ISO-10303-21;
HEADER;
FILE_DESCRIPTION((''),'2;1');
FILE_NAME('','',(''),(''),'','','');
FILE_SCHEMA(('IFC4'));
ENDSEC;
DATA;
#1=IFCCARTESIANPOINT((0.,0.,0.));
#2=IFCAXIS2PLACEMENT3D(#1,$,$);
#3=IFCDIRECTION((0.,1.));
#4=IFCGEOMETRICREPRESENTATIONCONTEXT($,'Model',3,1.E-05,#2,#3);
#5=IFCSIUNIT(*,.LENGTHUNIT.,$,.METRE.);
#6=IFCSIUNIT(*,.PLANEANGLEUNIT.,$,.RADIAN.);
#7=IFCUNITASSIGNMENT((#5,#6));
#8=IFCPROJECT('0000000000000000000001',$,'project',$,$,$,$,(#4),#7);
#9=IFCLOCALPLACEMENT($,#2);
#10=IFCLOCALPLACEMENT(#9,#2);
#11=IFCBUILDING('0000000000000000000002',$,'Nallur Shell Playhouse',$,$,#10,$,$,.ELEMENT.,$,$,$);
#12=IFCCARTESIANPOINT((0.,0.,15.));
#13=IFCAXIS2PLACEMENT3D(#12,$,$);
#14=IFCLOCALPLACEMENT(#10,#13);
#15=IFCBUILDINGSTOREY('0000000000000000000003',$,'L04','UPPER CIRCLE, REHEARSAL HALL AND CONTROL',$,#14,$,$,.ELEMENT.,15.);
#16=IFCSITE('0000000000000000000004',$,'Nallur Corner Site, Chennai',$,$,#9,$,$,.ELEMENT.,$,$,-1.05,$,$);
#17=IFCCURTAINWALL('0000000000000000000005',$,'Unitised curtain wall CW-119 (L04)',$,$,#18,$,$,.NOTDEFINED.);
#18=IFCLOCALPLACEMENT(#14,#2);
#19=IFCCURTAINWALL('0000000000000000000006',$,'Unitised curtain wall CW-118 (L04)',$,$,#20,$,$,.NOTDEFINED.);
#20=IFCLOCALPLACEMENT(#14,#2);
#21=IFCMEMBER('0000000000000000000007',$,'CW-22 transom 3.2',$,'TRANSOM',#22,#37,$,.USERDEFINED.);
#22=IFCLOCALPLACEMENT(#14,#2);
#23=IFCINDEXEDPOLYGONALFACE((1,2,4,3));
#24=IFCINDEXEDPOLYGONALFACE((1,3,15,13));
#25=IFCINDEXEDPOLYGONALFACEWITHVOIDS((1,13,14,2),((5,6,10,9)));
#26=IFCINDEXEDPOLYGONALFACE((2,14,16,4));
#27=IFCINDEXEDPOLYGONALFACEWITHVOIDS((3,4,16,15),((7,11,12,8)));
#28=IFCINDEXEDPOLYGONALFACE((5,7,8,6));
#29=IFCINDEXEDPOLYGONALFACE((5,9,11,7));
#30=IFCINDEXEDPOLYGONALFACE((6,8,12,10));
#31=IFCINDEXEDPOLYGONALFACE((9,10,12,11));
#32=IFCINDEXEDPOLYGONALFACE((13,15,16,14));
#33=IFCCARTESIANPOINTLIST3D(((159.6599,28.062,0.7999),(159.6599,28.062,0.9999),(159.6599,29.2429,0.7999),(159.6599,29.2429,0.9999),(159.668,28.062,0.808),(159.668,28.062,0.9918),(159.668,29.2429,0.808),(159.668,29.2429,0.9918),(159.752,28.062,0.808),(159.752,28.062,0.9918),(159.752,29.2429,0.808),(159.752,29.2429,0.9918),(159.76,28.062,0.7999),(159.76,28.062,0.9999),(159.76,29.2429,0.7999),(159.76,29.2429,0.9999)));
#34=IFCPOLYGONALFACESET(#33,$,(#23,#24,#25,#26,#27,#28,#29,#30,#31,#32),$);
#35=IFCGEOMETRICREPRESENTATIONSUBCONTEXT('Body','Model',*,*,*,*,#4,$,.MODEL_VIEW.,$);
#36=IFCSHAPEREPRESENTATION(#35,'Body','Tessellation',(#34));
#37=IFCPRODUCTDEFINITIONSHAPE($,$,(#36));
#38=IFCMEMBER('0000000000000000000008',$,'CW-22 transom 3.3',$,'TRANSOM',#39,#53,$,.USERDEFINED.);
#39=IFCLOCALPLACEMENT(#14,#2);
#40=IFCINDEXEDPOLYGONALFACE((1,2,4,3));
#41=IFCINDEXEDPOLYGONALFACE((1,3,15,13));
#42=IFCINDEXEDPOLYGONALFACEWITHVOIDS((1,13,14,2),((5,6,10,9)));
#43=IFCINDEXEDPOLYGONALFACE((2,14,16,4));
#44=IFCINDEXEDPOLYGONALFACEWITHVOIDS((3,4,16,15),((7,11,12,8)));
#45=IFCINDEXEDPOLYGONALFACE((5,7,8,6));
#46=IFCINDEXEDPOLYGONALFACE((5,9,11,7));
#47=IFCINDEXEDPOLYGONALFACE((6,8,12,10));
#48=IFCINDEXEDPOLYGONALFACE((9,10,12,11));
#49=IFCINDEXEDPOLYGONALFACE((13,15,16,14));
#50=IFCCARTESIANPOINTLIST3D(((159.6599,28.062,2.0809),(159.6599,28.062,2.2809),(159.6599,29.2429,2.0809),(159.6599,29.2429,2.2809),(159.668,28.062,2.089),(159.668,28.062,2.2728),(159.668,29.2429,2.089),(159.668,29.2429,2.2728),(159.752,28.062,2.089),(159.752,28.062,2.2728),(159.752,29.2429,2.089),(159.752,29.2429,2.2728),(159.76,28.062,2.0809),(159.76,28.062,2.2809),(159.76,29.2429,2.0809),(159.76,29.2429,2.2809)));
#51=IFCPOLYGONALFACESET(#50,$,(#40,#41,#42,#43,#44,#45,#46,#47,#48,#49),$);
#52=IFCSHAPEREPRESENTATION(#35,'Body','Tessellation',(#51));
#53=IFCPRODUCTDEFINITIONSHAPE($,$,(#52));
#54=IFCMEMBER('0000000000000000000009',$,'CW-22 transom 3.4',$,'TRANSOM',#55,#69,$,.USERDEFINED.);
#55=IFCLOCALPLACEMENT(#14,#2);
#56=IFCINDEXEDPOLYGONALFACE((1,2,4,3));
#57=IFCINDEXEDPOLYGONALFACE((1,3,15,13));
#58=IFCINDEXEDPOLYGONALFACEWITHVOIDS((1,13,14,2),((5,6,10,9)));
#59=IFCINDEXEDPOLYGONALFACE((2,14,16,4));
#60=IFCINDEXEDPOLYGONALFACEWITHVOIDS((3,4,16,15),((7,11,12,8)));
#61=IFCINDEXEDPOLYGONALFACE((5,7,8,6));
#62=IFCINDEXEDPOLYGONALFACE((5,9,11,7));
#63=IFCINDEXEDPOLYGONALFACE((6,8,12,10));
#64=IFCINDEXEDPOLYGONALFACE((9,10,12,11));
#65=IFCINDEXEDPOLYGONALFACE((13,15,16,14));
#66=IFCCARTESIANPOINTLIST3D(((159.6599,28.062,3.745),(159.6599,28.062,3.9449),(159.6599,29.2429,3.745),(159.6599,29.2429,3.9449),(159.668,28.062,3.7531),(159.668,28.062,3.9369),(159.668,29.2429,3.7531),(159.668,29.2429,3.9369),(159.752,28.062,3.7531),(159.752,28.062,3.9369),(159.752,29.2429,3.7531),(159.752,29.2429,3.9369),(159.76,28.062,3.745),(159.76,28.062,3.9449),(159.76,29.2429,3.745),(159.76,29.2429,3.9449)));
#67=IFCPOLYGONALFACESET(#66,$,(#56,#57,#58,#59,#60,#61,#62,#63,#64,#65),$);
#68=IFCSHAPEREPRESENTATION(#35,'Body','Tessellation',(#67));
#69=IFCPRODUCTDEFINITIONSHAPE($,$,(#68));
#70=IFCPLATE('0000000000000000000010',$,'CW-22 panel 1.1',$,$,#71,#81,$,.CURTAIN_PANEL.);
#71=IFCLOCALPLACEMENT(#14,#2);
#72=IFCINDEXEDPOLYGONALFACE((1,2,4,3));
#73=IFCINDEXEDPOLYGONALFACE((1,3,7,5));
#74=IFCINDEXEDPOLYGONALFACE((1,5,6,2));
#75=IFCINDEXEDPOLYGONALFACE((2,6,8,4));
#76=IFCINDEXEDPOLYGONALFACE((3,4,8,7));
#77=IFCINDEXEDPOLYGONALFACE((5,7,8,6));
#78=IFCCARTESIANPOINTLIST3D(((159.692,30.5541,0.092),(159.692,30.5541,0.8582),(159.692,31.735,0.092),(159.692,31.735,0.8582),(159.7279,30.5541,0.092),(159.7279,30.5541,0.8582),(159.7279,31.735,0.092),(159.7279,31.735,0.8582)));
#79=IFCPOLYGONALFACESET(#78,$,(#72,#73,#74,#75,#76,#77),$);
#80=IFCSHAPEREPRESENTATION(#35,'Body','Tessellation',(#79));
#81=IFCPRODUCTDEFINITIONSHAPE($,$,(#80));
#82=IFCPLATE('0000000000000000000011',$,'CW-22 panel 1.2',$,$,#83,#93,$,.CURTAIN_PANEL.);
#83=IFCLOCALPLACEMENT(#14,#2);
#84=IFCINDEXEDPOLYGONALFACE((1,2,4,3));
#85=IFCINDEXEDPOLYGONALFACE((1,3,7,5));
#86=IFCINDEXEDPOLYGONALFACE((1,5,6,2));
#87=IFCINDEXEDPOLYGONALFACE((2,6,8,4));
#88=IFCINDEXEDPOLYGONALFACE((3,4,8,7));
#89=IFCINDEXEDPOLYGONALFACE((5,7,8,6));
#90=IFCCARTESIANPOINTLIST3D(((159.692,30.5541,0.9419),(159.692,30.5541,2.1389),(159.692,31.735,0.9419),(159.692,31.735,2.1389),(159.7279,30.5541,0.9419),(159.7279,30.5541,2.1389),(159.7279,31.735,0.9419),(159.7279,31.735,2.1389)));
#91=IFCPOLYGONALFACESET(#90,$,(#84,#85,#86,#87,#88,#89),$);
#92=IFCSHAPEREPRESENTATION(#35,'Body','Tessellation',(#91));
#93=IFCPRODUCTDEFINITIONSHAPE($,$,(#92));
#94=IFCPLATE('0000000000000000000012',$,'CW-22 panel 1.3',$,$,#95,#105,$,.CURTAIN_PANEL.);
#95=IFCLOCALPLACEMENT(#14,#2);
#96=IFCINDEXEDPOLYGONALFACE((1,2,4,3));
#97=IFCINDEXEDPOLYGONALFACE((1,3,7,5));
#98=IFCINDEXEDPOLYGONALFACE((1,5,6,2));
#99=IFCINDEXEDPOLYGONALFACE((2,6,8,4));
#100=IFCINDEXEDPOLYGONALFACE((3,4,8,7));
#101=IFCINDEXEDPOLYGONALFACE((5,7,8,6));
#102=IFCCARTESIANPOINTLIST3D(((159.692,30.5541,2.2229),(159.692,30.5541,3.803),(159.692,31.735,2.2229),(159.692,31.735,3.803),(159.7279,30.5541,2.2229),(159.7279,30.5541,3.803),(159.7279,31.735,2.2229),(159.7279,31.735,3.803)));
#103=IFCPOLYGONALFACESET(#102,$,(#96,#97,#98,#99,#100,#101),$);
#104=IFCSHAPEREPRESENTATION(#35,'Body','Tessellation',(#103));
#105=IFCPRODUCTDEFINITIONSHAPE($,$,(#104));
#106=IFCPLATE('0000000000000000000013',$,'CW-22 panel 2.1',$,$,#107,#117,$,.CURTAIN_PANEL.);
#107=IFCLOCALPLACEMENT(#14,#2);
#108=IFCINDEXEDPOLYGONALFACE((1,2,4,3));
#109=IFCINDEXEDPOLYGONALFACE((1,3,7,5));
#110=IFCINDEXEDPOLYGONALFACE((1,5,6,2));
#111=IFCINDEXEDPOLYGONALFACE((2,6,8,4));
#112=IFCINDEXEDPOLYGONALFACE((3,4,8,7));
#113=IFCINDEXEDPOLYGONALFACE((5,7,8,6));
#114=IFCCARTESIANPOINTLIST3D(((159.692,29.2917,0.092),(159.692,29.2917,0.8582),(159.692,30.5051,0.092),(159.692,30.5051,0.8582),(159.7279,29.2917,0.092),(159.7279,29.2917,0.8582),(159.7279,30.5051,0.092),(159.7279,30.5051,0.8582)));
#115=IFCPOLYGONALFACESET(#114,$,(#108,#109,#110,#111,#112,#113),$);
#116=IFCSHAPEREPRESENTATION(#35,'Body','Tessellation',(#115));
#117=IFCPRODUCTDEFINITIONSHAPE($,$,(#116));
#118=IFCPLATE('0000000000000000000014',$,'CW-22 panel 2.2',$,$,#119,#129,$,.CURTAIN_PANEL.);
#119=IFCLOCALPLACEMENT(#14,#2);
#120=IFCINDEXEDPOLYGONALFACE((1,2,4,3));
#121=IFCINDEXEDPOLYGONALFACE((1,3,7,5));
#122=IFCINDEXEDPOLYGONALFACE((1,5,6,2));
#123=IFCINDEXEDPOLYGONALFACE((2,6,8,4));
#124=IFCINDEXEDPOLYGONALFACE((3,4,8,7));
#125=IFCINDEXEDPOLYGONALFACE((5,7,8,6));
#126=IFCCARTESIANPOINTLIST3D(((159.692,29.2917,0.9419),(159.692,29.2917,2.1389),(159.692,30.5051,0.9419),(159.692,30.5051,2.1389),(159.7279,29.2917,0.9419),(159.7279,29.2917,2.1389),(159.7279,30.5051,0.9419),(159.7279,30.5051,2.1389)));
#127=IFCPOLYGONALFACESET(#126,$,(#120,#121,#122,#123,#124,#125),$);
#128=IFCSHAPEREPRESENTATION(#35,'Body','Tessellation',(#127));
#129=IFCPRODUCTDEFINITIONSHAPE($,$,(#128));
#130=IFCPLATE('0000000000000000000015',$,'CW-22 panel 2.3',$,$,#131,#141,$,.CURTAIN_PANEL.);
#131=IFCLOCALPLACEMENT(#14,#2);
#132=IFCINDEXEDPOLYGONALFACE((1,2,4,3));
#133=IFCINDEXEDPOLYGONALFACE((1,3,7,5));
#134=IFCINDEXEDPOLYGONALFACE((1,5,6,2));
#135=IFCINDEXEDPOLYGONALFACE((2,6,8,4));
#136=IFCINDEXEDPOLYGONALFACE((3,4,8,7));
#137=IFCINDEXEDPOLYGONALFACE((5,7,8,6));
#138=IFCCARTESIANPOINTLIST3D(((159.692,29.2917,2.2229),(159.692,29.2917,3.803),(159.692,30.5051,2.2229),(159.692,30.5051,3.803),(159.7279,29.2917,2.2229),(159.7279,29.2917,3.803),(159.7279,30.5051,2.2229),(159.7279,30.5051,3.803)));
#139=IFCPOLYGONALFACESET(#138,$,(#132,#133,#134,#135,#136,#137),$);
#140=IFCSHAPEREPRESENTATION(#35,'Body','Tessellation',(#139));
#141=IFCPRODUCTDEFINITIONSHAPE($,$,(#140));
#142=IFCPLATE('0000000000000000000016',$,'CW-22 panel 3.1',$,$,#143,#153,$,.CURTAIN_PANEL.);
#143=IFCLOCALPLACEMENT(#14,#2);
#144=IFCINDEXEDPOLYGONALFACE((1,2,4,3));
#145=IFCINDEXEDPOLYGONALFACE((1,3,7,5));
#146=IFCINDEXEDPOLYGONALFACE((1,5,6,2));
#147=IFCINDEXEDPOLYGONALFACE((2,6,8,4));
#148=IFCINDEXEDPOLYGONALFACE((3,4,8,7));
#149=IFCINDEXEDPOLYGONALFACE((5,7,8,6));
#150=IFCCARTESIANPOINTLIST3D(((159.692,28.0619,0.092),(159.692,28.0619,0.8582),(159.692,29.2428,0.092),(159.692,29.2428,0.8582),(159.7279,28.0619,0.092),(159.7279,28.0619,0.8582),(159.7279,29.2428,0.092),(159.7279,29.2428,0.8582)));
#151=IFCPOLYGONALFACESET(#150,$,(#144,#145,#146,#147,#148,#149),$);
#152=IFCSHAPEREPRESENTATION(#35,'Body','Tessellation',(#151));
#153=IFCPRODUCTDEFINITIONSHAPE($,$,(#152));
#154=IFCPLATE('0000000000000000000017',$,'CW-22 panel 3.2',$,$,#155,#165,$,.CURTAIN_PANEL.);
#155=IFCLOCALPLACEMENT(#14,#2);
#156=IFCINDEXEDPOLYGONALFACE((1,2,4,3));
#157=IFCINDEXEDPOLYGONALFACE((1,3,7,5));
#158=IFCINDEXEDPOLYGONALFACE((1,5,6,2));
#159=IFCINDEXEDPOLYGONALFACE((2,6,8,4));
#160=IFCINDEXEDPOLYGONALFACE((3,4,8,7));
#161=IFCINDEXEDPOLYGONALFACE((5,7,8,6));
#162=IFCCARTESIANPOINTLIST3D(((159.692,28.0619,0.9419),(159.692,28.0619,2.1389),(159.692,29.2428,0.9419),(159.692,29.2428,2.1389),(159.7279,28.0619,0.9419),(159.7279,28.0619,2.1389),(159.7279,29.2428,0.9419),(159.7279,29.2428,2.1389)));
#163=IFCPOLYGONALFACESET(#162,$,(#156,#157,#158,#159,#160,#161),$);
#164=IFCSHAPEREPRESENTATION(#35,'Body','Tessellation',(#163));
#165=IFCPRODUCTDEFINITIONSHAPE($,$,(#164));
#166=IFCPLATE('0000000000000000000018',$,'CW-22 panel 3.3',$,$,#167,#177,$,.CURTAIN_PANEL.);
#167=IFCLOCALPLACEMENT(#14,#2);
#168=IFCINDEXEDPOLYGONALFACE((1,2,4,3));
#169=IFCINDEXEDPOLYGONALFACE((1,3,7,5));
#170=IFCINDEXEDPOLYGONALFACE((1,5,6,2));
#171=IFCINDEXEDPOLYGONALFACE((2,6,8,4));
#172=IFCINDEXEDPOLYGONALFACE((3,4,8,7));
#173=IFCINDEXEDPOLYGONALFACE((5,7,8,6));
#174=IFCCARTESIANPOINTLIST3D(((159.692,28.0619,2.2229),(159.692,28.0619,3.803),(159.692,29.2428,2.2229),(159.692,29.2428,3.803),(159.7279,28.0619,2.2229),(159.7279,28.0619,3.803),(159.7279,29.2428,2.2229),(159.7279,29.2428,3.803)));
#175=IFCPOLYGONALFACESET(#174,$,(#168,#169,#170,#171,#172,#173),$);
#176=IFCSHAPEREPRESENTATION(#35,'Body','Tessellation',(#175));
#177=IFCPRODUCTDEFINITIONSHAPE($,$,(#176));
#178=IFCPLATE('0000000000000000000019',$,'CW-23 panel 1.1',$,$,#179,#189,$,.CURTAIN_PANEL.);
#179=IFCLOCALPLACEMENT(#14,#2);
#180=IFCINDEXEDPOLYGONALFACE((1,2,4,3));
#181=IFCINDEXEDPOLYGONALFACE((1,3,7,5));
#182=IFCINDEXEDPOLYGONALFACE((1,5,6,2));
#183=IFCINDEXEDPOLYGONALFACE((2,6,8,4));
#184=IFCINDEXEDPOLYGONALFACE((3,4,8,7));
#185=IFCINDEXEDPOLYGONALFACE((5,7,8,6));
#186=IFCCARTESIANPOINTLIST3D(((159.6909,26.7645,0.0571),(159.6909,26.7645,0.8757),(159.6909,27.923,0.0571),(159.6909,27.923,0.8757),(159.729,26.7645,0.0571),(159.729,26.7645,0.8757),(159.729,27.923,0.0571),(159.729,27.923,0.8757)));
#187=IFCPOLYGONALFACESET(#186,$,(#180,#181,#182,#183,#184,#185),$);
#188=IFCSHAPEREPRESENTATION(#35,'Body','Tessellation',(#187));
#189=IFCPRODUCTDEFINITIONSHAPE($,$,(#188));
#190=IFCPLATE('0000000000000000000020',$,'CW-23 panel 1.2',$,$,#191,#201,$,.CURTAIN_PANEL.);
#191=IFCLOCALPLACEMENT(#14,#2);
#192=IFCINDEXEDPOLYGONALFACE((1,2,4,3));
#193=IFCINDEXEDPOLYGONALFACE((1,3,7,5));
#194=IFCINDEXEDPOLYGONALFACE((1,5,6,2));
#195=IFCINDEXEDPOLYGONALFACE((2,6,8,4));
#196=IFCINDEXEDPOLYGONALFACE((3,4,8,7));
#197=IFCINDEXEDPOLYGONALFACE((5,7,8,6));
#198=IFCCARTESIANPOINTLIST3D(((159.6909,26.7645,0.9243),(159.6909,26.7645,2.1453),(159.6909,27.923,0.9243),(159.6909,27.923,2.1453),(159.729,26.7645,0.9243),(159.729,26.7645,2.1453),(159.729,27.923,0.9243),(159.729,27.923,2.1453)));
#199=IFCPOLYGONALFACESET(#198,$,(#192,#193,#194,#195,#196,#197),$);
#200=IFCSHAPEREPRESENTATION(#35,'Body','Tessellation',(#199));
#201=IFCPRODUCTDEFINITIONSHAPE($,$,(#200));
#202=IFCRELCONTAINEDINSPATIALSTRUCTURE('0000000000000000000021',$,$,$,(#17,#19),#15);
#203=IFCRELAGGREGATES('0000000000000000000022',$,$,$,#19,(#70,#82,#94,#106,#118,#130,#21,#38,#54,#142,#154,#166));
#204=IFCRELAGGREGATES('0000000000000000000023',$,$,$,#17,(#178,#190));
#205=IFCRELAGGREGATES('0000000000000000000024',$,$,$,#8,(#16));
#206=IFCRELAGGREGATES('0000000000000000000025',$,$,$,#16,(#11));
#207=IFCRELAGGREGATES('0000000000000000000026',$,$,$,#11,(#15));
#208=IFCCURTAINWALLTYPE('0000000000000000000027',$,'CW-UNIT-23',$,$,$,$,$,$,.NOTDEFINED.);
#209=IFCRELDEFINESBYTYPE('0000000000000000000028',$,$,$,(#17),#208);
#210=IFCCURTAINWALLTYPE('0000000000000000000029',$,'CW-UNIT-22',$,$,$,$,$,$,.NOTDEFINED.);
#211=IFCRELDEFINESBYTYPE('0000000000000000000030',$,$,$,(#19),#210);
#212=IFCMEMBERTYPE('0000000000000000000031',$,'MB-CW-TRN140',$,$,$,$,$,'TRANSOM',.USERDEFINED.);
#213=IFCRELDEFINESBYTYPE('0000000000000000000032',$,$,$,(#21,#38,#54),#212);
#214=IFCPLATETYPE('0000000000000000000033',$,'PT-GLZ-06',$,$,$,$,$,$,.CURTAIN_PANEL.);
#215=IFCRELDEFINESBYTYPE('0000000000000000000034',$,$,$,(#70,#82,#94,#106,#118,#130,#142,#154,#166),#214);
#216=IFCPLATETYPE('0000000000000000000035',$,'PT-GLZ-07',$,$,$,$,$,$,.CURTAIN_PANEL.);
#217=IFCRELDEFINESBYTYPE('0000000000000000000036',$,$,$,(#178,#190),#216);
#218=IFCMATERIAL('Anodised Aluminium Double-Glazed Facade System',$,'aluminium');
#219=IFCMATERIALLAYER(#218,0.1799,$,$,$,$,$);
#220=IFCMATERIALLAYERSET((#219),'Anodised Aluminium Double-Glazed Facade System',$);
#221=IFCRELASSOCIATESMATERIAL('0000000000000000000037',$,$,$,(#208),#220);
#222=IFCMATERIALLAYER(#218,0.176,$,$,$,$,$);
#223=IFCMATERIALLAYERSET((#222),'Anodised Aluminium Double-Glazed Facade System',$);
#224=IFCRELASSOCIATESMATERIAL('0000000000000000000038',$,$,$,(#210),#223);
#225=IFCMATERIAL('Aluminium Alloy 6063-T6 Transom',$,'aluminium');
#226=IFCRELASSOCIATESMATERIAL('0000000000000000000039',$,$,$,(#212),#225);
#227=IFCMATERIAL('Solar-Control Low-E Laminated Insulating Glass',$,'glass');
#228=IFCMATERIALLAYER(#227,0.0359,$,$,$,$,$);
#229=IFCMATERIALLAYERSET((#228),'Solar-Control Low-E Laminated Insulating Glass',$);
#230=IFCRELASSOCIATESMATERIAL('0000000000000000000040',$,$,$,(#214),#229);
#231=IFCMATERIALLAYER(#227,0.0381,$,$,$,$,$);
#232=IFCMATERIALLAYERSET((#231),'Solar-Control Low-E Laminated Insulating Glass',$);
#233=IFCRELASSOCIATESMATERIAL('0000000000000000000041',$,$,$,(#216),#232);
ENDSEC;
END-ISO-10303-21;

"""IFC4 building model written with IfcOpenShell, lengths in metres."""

from ifc_helpers import new_model, si_unit, direction, frame, origin, origin_2d, place, context, subcontext, project, spatial, rectangle, hollow_rectangle, extrude, material, layer, layer_set, material_profile, profile_set, type_object, element, aggregate, save


model = new_model("IFC4")

# Units and contexts
model_context = context("Model", 3, precision=1e-05, world=origin(), true_north=direction((0.0, 1.0)))
body_context = subcontext(model_context, "Body", "Model", "MODEL_VIEW")
ifc_project = project(units=[si_unit("LENGTHUNIT", "METRE"), si_unit("PLANEANGLEUNIT", "RADIAN")], contexts=[model_context])

# Site, building, storey
site_placement = place(None, origin())
site = spatial("IfcSite", under=ifc_project, at=site_placement, Name="Nallur Corner Site, Chennai", CompositionType="ELEMENT", RefElevation=-1.05)
building_placement = place(site_placement, origin())
building = spatial("IfcBuilding", under=site, at=building_placement, Name="Nallur Shell Playhouse", CompositionType="ELEMENT")
storey_placement = place(building_placement, frame((0.0, 0.0, 15.0)))
storey = spatial("IfcBuildingStorey", under=building, at=storey_placement, Name="L04", Description="UPPER CIRCLE, REHEARSAL HALL AND CONTROL", CompositionType="ELEMENT", Elevation=15.0)

# Curtain walls
ifc_material_1 = material(Name="Anodised Aluminium Double-Glazed Facade System", Category="aluminium")
ifc_layer_1 = layer(ifc_material_1, 0.1799)
ifc_layer_set_1 = layer_set([ifc_layer_1], Name="Anodised Aluminium Double-Glazed Facade System")
curtain_wall_type_1 = type_object("IfcCurtainWallType", Name="CW-UNIT-23", PredefinedType="NOTDEFINED", material=ifc_layer_set_1)
curtain_wall_1_placement = place(storey_placement, origin())
curtain_wall_1 = element("IfcCurtainWall", 1, at=curtain_wall_1_placement, inside=storey, type_object=curtain_wall_type_1, Name="Unitised curtain wall CW-119 (L04)", PredefinedType="NOTDEFINED")
ifc_layer_2 = layer(ifc_material_1, 0.176)
ifc_layer_set_2 = layer_set([ifc_layer_2], Name="Anodised Aluminium Double-Glazed Facade System")
curtain_wall_type_2 = type_object("IfcCurtainWallType", Name="CW-UNIT-22", PredefinedType="NOTDEFINED", material=ifc_layer_set_2)
curtain_wall_2_placement = place(storey_placement, origin())
curtain_wall_2 = element("IfcCurtainWall", 2, at=curtain_wall_2_placement, inside=storey, type_object=curtain_wall_type_2, Name="Unitised curtain wall CW-118 (L04)", PredefinedType="NOTDEFINED")

# Members
ifc_material_2 = material(Name="Aluminium Alloy 6063-T6 Transom", Category="aluminium")
ifc_material_profile_1 = material_profile(ifc_material_2, hollow_rectangle(XDim=0.1001, YDim=0.2, WallThickness=0.0081, at=origin_2d()), Name="RHS 200x100x8")
ifc_profile_set_1 = profile_set([ifc_material_profile_1], Name="Aluminium Alloy 6063-T6 Transom")
member_type_1 = type_object("IfcMemberType", Name="MB-CW-TRN140", ElementType="TRANSOM", PredefinedType="USERDEFINED", material=ifc_profile_set_1)
member_1_placement = place(storey_placement, frame((159.71, 29.2429, 0.8999), z_axis=(0.0, -1.0, 0.0), x_axis=(1.0, 0.0, 0.0)))
member_1 = element("IfcMember", 3, at=member_1_placement, type_object=member_type_1, Name="CW-22 transom 3.2", ObjectType="TRANSOM", PredefinedType="USERDEFINED", context=body_context, shape_type="SweptSolid", body=[
    extrude(hollow_rectangle(XDim=0.1001, YDim=0.2, WallThickness=0.0081, at=origin_2d()), origin(), (0.0, 0.0, 1.0), 1.1809),
])
member_2_placement = place(storey_placement, frame((159.71, 29.2429, 2.1809), z_axis=(0.0, -1.0, 0.0), x_axis=(1.0, 0.0, 0.0)))
member_2 = element("IfcMember", 4, at=member_2_placement, type_object=member_type_1, Name="CW-22 transom 3.3", ObjectType="TRANSOM", PredefinedType="USERDEFINED", context=body_context, shape_type="SweptSolid", body=[
    extrude(hollow_rectangle(XDim=0.1001, YDim=0.2, WallThickness=0.0081, at=origin_2d()), origin(), (0.0, 0.0, 1.0), 1.1809),
])
member_3_placement = place(storey_placement, frame((159.71, 29.2429, 3.845), z_axis=(0.0, -1.0, 0.0), x_axis=(1.0, 0.0, 0.0)))
member_3 = element("IfcMember", 5, at=member_3_placement, type_object=member_type_1, Name="CW-22 transom 3.4", ObjectType="TRANSOM", PredefinedType="USERDEFINED", context=body_context, shape_type="SweptSolid", body=[
    extrude(hollow_rectangle(XDim=0.1001, YDim=0.2, WallThickness=0.0081, at=origin_2d()), origin(), (0.0, 0.0, 1.0), 1.1809),
])

# Plates
ifc_material_3 = material(Name="Solar-Control Low-E Laminated Insulating Glass", Category="glass")
ifc_layer_3 = layer(ifc_material_3, 0.0359)
ifc_layer_set_3 = layer_set([ifc_layer_3], Name="Solar-Control Low-E Laminated Insulating Glass")
plate_type_1 = type_object("IfcPlateType", Name="PT-GLZ-06", PredefinedType="CURTAIN_PANEL", material=ifc_layer_set_3)
plate_1_placement = place(storey_placement, frame((159.71, 31.1445, 0.092), z_axis=(0.0, 0.0, 1.0), x_axis=(0.0, -1.0, 0.0)))
plate_1 = element("IfcPlate", 6, at=plate_1_placement, type_object=plate_type_1, Name="CW-22 panel 1.1", PredefinedType="CURTAIN_PANEL", context=body_context, shape_type="SweptSolid", body=[
    extrude(rectangle(XDim=1.1809, YDim=0.0359, at=origin_2d()), origin(), (0.0, 0.0, 1.0), 0.7661),
])
plate_2_placement = place(storey_placement, frame((159.71, 31.1445, 0.9419), z_axis=(0.0, 0.0, 1.0), x_axis=(0.0, -1.0, 0.0)))
plate_2 = element("IfcPlate", 7, at=plate_2_placement, type_object=plate_type_1, Name="CW-22 panel 1.2", PredefinedType="CURTAIN_PANEL", context=body_context, shape_type="SweptSolid", body=[
    extrude(rectangle(XDim=1.1809, YDim=0.0359, at=origin_2d()), origin(), (0.0, 0.0, 1.0), 1.197),
])
plate_3_placement = place(storey_placement, frame((159.71, 31.1445, 2.2229), z_axis=(0.0, 0.0, 1.0), x_axis=(0.0, -1.0, 0.0)))
plate_3 = element("IfcPlate", 8, at=plate_3_placement, type_object=plate_type_1, Name="CW-22 panel 1.3", PredefinedType="CURTAIN_PANEL", context=body_context, shape_type="SweptSolid", body=[
    extrude(rectangle(XDim=1.1809, YDim=0.0359, at=origin_2d()), origin(), (0.0, 0.0, 1.0), 1.5801),
])
plate_4_placement = place(storey_placement, frame((159.71, 29.8984, 0.092), z_axis=(0.0, 0.0, 1.0), x_axis=(0.0, -1.0, 0.0)))
plate_4 = element("IfcPlate", 9, at=plate_4_placement, type_object=plate_type_1, Name="CW-22 panel 2.1", PredefinedType="CURTAIN_PANEL", context=body_context, shape_type="SweptSolid", body=[
    extrude(rectangle(XDim=1.2134, YDim=0.0359, at=origin_2d()), origin(), (0.0, 0.0, 1.0), 0.7661),
])
plate_5_placement = place(storey_placement, frame((159.71, 29.8984, 0.9419), z_axis=(0.0, 0.0, 1.0), x_axis=(0.0, -1.0, 0.0)))
plate_5 = element("IfcPlate", 10, at=plate_5_placement, type_object=plate_type_1, Name="CW-22 panel 2.2", PredefinedType="CURTAIN_PANEL", context=body_context, shape_type="SweptSolid", body=[
    extrude(rectangle(XDim=1.2134, YDim=0.0359, at=origin_2d()), origin(), (0.0, 0.0, 1.0), 1.197),
])
plate_6_placement = place(storey_placement, frame((159.71, 29.8984, 2.2229), z_axis=(0.0, 0.0, 1.0), x_axis=(0.0, -1.0, 0.0)))
plate_6 = element("IfcPlate", 11, at=plate_6_placement, type_object=plate_type_1, Name="CW-22 panel 2.3", PredefinedType="CURTAIN_PANEL", context=body_context, shape_type="SweptSolid", body=[
    extrude(rectangle(XDim=1.2134, YDim=0.0359, at=origin_2d()), origin(), (0.0, 0.0, 1.0), 1.5801),
])
plate_7_placement = place(storey_placement, frame((159.71, 28.6523, 0.092), z_axis=(0.0, 0.0, 1.0), x_axis=(0.0, -1.0, 0.0)))
plate_7 = element("IfcPlate", 12, at=plate_7_placement, type_object=plate_type_1, Name="CW-22 panel 3.1", PredefinedType="CURTAIN_PANEL", context=body_context, shape_type="SweptSolid", body=[
    extrude(rectangle(XDim=1.1809, YDim=0.0359, at=origin_2d()), origin(), (0.0, 0.0, 1.0), 0.7661),
])
plate_8_placement = place(storey_placement, frame((159.71, 28.6523, 0.9419), z_axis=(0.0, 0.0, 1.0), x_axis=(0.0, -1.0, 0.0)))
plate_8 = element("IfcPlate", 13, at=plate_8_placement, type_object=plate_type_1, Name="CW-22 panel 3.2", PredefinedType="CURTAIN_PANEL", context=body_context, shape_type="SweptSolid", body=[
    extrude(rectangle(XDim=1.1809, YDim=0.0359, at=origin_2d()), origin(), (0.0, 0.0, 1.0), 1.197),
])
plate_9_placement = place(storey_placement, frame((159.71, 28.6523, 2.2229), z_axis=(0.0, 0.0, 1.0), x_axis=(0.0, -1.0, 0.0)))
plate_9 = element("IfcPlate", 14, at=plate_9_placement, type_object=plate_type_1, Name="CW-22 panel 3.3", PredefinedType="CURTAIN_PANEL", context=body_context, shape_type="SweptSolid", body=[
    extrude(rectangle(XDim=1.1809, YDim=0.0359, at=origin_2d()), origin(), (0.0, 0.0, 1.0), 1.5801),
])
aggregate(curtain_wall_2, [plate_1, plate_2, plate_3, plate_4, plate_5, plate_6, member_1, member_2, member_3, plate_7, plate_8, plate_9])
ifc_layer_4 = layer(ifc_material_3, 0.0381)
ifc_layer_set_4 = layer_set([ifc_layer_4], Name="Solar-Control Low-E Laminated Insulating Glass")
plate_type_2 = type_object("IfcPlateType", Name="PT-GLZ-07", PredefinedType="CURTAIN_PANEL", material=ifc_layer_set_4)
plate_10_placement = place(storey_placement, frame((159.71, 27.3438, 0.0571), z_axis=(0.0, 0.0, 1.0), x_axis=(0.0, -1.0, 0.0)))
plate_10 = element("IfcPlate", 15, at=plate_10_placement, type_object=plate_type_2, Name="CW-23 panel 1.1", PredefinedType="CURTAIN_PANEL", context=body_context, shape_type="SweptSolid", body=[
    extrude(rectangle(XDim=1.1584, YDim=0.0381, at=origin_2d()), origin(), (0.0, 0.0, 1.0), 0.8186),
])
plate_11_placement = place(storey_placement, frame((159.71, 27.3438, 0.9243), z_axis=(0.0, 0.0, 1.0), x_axis=(0.0, -1.0, 0.0)))
plate_11 = element("IfcPlate", 16, at=plate_11_placement, type_object=plate_type_2, Name="CW-23 panel 1.2", PredefinedType="CURTAIN_PANEL", context=body_context, shape_type="SweptSolid", body=[
    extrude(rectangle(XDim=1.1584, YDim=0.0381, at=origin_2d()), origin(), (0.0, 0.0, 1.0), 1.2209),
])
aggregate(curtain_wall_1, [plate_10, plate_11])

save(model, "model.ifc")
